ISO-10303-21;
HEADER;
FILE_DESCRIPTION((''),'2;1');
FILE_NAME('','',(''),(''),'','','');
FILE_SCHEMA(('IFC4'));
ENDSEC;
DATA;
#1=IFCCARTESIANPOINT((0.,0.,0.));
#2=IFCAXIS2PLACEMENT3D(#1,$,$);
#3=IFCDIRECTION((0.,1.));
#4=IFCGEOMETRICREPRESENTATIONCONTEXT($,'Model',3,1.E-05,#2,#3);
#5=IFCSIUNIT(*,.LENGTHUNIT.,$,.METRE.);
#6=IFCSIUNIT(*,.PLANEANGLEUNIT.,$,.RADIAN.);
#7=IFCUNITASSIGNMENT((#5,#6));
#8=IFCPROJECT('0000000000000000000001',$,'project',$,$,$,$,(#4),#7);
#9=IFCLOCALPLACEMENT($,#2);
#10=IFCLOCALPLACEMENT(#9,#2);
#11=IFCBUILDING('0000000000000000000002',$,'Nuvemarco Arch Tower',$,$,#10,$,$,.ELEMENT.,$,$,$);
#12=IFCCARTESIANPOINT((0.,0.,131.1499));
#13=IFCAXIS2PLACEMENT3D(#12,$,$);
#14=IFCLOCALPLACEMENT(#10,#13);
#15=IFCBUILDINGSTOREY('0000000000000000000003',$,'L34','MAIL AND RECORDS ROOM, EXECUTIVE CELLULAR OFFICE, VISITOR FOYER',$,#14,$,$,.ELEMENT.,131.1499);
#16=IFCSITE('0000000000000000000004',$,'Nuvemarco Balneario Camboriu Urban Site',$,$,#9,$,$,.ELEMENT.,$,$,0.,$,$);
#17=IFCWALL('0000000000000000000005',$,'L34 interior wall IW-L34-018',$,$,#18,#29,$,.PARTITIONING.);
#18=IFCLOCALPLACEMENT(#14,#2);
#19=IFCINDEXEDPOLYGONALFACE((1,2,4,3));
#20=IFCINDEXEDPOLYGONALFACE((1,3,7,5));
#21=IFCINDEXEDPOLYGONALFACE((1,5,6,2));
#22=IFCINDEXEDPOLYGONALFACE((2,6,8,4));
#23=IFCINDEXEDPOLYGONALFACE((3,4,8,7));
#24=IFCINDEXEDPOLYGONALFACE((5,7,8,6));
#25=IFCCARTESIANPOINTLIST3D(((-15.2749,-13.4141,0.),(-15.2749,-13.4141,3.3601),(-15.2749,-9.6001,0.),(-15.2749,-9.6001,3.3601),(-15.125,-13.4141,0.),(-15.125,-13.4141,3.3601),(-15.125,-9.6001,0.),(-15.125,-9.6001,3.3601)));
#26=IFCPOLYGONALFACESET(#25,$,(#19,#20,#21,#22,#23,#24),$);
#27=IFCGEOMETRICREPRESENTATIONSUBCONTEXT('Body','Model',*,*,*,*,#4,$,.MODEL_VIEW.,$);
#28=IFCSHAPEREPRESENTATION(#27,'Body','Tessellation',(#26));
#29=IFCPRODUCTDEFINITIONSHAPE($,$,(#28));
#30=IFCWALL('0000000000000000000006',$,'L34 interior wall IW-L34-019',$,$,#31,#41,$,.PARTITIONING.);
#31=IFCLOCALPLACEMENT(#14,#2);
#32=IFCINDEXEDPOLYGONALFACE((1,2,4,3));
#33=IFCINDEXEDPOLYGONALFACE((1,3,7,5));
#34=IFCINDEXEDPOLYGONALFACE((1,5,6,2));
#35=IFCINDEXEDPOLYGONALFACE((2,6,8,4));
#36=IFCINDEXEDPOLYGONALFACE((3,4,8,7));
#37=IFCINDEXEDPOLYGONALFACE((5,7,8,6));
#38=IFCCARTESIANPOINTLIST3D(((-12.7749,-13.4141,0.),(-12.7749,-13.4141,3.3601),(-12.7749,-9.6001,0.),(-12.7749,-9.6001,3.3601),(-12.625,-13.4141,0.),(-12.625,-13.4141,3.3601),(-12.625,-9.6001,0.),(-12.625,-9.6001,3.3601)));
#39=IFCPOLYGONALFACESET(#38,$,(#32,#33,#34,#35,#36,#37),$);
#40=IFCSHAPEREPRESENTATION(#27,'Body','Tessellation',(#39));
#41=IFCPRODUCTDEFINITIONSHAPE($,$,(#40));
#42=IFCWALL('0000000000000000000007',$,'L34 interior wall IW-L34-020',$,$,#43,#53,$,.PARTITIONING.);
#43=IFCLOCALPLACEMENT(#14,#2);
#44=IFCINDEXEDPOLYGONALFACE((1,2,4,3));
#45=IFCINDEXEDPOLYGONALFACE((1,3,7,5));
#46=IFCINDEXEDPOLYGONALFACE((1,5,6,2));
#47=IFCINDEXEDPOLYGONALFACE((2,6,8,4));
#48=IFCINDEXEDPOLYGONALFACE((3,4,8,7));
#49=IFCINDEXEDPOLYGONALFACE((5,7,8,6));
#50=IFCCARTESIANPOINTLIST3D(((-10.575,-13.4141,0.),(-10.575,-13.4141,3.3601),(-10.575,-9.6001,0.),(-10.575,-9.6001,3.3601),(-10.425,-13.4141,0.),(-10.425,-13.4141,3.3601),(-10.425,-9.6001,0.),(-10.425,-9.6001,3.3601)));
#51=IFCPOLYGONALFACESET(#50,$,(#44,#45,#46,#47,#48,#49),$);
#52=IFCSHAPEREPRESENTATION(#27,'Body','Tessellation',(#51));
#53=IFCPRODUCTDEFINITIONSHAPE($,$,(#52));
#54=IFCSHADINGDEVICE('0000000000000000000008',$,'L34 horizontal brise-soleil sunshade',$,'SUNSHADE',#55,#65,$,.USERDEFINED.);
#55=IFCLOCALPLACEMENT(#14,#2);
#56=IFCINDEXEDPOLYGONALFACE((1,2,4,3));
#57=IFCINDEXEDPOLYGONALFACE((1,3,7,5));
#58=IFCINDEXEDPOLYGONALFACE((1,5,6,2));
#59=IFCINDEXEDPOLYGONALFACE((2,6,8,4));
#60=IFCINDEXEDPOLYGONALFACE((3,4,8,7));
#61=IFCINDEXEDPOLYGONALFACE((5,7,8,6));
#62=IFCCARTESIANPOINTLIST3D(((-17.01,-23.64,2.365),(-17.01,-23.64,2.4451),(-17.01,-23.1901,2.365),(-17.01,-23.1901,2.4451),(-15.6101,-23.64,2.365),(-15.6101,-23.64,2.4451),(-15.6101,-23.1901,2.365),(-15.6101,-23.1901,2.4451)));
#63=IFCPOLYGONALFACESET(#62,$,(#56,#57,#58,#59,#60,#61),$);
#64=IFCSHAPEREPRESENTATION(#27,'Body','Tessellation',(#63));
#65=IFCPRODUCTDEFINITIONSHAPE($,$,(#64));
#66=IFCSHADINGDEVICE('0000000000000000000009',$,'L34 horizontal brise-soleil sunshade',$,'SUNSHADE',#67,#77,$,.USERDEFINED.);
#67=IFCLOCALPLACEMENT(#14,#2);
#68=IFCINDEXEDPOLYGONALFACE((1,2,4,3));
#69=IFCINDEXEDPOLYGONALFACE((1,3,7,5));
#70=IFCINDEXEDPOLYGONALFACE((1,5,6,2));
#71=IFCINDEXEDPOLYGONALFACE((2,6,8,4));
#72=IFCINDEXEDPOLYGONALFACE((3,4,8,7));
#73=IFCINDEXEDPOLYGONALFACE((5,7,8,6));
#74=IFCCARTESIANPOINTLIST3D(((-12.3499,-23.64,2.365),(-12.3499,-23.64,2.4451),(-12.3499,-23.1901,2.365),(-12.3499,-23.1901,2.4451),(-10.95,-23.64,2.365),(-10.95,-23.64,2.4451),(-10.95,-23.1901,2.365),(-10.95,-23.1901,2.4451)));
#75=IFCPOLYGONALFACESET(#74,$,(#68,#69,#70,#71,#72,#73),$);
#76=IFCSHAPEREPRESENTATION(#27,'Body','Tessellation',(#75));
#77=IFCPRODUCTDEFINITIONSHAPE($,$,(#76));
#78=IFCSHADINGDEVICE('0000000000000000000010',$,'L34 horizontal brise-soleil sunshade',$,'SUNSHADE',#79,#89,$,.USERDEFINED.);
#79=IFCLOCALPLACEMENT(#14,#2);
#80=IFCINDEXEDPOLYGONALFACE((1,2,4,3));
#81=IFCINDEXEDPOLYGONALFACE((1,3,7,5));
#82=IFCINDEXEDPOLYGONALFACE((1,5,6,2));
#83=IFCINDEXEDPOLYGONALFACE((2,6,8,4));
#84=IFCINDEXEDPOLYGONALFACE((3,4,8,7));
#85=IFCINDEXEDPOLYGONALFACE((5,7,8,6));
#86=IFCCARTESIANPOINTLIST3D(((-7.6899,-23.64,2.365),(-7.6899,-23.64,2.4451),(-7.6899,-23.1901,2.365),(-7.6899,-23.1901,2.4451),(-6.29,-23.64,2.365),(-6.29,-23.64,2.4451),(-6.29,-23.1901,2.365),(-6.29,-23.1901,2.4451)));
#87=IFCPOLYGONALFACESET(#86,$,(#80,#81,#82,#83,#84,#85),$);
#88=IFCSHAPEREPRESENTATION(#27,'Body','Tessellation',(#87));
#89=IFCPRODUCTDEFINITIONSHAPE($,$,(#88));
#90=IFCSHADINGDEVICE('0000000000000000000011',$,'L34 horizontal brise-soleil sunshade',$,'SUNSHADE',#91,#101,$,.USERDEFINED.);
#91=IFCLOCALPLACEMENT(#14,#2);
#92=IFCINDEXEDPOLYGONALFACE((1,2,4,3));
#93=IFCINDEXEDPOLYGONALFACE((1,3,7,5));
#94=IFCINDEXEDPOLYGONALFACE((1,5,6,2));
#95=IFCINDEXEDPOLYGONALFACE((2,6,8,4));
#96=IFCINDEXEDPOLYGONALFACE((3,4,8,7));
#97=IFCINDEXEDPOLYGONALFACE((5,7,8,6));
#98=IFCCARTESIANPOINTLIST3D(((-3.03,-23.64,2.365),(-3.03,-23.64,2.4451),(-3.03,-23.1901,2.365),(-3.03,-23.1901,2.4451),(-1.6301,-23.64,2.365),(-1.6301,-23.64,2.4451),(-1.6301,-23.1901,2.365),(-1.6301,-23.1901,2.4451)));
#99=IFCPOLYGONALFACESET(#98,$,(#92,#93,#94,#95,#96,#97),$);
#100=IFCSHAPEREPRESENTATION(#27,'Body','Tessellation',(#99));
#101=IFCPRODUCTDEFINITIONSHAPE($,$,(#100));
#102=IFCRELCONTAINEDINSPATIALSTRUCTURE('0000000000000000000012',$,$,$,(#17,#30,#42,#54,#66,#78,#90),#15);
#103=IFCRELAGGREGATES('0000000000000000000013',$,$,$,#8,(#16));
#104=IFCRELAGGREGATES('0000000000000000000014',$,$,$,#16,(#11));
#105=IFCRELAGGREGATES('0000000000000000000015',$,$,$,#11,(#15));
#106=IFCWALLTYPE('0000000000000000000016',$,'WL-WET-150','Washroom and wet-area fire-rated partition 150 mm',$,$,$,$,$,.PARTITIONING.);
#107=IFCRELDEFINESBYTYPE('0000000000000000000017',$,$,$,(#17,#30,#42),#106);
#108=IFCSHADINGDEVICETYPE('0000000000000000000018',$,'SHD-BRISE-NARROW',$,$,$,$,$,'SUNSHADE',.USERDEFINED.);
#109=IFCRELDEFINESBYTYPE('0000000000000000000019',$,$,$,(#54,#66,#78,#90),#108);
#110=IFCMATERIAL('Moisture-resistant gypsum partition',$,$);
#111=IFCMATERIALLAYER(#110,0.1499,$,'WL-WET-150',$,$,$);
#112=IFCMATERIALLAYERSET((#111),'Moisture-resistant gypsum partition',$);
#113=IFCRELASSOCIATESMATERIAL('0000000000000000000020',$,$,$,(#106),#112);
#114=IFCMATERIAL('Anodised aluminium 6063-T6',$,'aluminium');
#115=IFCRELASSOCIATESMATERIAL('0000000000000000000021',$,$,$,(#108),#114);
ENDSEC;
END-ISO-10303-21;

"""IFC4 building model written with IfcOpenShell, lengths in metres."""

from ifc_helpers import new_model, si_unit, direction, frame, frame_2d, origin, origin_2d, place, context, subcontext, project, spatial, rectangle, extrude, source, transform, mapped, material, layer, layer_set, type_object, type_shapes, element, save


model = new_model("IFC4")

# Units and contexts
model_context = context("Model", 3, precision=1e-05, world=origin(), true_north=direction((0.0, 1.0)))
body_context = subcontext(model_context, "Body", "Model", "MODEL_VIEW")
ifc_project = project(units=[si_unit("LENGTHUNIT", "METRE"), si_unit("PLANEANGLEUNIT", "RADIAN")], contexts=[model_context])

# Site, building, storey
site_placement = place(None, origin())
site = spatial("IfcSite", under=ifc_project, at=site_placement, Name="Nuvemarco Balneario Camboriu Urban Site", CompositionType="ELEMENT", RefElevation=0.0)
building_placement = place(site_placement, origin())
building = spatial("IfcBuilding", under=site, at=building_placement, Name="Nuvemarco Arch Tower", CompositionType="ELEMENT")
storey_placement = place(building_placement, frame((0.0, 0.0, 131.1499)))
storey = spatial("IfcBuildingStorey", under=building, at=storey_placement, Name="L34", Description="MAIL AND RECORDS ROOM, EXECUTIVE CELLULAR OFFICE, VISITOR FOYER", CompositionType="ELEMENT", Elevation=131.1499)

# Walls
ifc_material_1 = material(Name="Moisture-resistant gypsum partition")
ifc_layer_1 = layer(ifc_material_1, 0.1499, Name="WL-WET-150")
ifc_layer_set_1 = layer_set([ifc_layer_1], Name="Moisture-resistant gypsum partition")
wall_type_1 = type_object("IfcWallType", Name="WL-WET-150", Description="Washroom and wet-area fire-rated partition 150 mm", PredefinedType="PARTITIONING", material=ifc_layer_set_1)
for number, where, z_axis, x_axis, name in (
    (1, (-15.2, -13.4141, 0.0), (0.0, 0.0, 1.0), (0.0, 1.0, 0.0), "L34 interior wall IW-L34-018"),
    (2, (-12.7, -13.4141, 0.0), (0.0, 0.0, 1.0), (0.0, 1.0, 0.0), "L34 interior wall IW-L34-019"),
    (3, (-10.5, -13.4141, 0.0), (0.0, 0.0, 1.0), (0.0, 1.0, 0.0), "L34 interior wall IW-L34-020"),
):
    element("IfcWall", number, at=place(storey_placement, frame(where, z_axis=z_axis, x_axis=x_axis)), inside=storey, type_object=wall_type_1, Name=name, PredefinedType="PARTITIONING", context=body_context, shape_type="SweptSolid", body=[
        extrude(rectangle(XDim=3.814, YDim=0.1499, at=frame_2d((1.907, 0.0))), origin(), (0.0, 0.0, 1.0), 3.3601),
    ])

# Shading devices
ifc_material_2 = material(Name="Anodised aluminium 6063-T6", Category="aluminium")
shading_device_type = type_object("IfcShadingDeviceType", Name="SHD-BRISE-NARROW", ElementType="SUNSHADE", PredefinedType="USERDEFINED", material=ifc_material_2)
shared_shape_1 = source(origin(), body_context, "Body", "SweptSolid", [
    extrude(rectangle(XDim=1.3999, YDim=0.45, at=origin_2d()), origin(), (0.0, 0.0, 1.0), 0.0801),
])
type_shapes(shading_device_type, [shared_shape_1])
for number, where, z_axis, x_axis, name in (
    (4, (-16.3101, -23.415, 2.365), (0.0, 0.0, 1.0), (1.0, 0.0, 0.0), "L34 horizontal brise-soleil sunshade"),
    (5, (-11.6499, -23.415, 2.365), (0.0, 0.0, 1.0), (1.0, 0.0, 0.0), "L34 horizontal brise-soleil sunshade"),
    (6, (-6.99, -23.415, 2.365), (0.0, 0.0, 1.0), (1.0, 0.0, 0.0), "L34 horizontal brise-soleil sunshade"),
    (7, (-2.3301, -23.415, 2.365), (0.0, 0.0, 1.0), (1.0, 0.0, 0.0), "L34 horizontal brise-soleil sunshade"),
):
    element("IfcShadingDevice", number, at=place(storey_placement, frame(where, z_axis=z_axis, x_axis=x_axis)), inside=storey, type_object=shading_device_type, Name=name, ObjectType="SUNSHADE", PredefinedType="USERDEFINED", context=body_context, shape_type="MappedRepresentation", body=[
        mapped(shared_shape_1, transform((0.0, 0.0, 0.0), scale=1.0)),
    ])

save(model, "model.ifc")
